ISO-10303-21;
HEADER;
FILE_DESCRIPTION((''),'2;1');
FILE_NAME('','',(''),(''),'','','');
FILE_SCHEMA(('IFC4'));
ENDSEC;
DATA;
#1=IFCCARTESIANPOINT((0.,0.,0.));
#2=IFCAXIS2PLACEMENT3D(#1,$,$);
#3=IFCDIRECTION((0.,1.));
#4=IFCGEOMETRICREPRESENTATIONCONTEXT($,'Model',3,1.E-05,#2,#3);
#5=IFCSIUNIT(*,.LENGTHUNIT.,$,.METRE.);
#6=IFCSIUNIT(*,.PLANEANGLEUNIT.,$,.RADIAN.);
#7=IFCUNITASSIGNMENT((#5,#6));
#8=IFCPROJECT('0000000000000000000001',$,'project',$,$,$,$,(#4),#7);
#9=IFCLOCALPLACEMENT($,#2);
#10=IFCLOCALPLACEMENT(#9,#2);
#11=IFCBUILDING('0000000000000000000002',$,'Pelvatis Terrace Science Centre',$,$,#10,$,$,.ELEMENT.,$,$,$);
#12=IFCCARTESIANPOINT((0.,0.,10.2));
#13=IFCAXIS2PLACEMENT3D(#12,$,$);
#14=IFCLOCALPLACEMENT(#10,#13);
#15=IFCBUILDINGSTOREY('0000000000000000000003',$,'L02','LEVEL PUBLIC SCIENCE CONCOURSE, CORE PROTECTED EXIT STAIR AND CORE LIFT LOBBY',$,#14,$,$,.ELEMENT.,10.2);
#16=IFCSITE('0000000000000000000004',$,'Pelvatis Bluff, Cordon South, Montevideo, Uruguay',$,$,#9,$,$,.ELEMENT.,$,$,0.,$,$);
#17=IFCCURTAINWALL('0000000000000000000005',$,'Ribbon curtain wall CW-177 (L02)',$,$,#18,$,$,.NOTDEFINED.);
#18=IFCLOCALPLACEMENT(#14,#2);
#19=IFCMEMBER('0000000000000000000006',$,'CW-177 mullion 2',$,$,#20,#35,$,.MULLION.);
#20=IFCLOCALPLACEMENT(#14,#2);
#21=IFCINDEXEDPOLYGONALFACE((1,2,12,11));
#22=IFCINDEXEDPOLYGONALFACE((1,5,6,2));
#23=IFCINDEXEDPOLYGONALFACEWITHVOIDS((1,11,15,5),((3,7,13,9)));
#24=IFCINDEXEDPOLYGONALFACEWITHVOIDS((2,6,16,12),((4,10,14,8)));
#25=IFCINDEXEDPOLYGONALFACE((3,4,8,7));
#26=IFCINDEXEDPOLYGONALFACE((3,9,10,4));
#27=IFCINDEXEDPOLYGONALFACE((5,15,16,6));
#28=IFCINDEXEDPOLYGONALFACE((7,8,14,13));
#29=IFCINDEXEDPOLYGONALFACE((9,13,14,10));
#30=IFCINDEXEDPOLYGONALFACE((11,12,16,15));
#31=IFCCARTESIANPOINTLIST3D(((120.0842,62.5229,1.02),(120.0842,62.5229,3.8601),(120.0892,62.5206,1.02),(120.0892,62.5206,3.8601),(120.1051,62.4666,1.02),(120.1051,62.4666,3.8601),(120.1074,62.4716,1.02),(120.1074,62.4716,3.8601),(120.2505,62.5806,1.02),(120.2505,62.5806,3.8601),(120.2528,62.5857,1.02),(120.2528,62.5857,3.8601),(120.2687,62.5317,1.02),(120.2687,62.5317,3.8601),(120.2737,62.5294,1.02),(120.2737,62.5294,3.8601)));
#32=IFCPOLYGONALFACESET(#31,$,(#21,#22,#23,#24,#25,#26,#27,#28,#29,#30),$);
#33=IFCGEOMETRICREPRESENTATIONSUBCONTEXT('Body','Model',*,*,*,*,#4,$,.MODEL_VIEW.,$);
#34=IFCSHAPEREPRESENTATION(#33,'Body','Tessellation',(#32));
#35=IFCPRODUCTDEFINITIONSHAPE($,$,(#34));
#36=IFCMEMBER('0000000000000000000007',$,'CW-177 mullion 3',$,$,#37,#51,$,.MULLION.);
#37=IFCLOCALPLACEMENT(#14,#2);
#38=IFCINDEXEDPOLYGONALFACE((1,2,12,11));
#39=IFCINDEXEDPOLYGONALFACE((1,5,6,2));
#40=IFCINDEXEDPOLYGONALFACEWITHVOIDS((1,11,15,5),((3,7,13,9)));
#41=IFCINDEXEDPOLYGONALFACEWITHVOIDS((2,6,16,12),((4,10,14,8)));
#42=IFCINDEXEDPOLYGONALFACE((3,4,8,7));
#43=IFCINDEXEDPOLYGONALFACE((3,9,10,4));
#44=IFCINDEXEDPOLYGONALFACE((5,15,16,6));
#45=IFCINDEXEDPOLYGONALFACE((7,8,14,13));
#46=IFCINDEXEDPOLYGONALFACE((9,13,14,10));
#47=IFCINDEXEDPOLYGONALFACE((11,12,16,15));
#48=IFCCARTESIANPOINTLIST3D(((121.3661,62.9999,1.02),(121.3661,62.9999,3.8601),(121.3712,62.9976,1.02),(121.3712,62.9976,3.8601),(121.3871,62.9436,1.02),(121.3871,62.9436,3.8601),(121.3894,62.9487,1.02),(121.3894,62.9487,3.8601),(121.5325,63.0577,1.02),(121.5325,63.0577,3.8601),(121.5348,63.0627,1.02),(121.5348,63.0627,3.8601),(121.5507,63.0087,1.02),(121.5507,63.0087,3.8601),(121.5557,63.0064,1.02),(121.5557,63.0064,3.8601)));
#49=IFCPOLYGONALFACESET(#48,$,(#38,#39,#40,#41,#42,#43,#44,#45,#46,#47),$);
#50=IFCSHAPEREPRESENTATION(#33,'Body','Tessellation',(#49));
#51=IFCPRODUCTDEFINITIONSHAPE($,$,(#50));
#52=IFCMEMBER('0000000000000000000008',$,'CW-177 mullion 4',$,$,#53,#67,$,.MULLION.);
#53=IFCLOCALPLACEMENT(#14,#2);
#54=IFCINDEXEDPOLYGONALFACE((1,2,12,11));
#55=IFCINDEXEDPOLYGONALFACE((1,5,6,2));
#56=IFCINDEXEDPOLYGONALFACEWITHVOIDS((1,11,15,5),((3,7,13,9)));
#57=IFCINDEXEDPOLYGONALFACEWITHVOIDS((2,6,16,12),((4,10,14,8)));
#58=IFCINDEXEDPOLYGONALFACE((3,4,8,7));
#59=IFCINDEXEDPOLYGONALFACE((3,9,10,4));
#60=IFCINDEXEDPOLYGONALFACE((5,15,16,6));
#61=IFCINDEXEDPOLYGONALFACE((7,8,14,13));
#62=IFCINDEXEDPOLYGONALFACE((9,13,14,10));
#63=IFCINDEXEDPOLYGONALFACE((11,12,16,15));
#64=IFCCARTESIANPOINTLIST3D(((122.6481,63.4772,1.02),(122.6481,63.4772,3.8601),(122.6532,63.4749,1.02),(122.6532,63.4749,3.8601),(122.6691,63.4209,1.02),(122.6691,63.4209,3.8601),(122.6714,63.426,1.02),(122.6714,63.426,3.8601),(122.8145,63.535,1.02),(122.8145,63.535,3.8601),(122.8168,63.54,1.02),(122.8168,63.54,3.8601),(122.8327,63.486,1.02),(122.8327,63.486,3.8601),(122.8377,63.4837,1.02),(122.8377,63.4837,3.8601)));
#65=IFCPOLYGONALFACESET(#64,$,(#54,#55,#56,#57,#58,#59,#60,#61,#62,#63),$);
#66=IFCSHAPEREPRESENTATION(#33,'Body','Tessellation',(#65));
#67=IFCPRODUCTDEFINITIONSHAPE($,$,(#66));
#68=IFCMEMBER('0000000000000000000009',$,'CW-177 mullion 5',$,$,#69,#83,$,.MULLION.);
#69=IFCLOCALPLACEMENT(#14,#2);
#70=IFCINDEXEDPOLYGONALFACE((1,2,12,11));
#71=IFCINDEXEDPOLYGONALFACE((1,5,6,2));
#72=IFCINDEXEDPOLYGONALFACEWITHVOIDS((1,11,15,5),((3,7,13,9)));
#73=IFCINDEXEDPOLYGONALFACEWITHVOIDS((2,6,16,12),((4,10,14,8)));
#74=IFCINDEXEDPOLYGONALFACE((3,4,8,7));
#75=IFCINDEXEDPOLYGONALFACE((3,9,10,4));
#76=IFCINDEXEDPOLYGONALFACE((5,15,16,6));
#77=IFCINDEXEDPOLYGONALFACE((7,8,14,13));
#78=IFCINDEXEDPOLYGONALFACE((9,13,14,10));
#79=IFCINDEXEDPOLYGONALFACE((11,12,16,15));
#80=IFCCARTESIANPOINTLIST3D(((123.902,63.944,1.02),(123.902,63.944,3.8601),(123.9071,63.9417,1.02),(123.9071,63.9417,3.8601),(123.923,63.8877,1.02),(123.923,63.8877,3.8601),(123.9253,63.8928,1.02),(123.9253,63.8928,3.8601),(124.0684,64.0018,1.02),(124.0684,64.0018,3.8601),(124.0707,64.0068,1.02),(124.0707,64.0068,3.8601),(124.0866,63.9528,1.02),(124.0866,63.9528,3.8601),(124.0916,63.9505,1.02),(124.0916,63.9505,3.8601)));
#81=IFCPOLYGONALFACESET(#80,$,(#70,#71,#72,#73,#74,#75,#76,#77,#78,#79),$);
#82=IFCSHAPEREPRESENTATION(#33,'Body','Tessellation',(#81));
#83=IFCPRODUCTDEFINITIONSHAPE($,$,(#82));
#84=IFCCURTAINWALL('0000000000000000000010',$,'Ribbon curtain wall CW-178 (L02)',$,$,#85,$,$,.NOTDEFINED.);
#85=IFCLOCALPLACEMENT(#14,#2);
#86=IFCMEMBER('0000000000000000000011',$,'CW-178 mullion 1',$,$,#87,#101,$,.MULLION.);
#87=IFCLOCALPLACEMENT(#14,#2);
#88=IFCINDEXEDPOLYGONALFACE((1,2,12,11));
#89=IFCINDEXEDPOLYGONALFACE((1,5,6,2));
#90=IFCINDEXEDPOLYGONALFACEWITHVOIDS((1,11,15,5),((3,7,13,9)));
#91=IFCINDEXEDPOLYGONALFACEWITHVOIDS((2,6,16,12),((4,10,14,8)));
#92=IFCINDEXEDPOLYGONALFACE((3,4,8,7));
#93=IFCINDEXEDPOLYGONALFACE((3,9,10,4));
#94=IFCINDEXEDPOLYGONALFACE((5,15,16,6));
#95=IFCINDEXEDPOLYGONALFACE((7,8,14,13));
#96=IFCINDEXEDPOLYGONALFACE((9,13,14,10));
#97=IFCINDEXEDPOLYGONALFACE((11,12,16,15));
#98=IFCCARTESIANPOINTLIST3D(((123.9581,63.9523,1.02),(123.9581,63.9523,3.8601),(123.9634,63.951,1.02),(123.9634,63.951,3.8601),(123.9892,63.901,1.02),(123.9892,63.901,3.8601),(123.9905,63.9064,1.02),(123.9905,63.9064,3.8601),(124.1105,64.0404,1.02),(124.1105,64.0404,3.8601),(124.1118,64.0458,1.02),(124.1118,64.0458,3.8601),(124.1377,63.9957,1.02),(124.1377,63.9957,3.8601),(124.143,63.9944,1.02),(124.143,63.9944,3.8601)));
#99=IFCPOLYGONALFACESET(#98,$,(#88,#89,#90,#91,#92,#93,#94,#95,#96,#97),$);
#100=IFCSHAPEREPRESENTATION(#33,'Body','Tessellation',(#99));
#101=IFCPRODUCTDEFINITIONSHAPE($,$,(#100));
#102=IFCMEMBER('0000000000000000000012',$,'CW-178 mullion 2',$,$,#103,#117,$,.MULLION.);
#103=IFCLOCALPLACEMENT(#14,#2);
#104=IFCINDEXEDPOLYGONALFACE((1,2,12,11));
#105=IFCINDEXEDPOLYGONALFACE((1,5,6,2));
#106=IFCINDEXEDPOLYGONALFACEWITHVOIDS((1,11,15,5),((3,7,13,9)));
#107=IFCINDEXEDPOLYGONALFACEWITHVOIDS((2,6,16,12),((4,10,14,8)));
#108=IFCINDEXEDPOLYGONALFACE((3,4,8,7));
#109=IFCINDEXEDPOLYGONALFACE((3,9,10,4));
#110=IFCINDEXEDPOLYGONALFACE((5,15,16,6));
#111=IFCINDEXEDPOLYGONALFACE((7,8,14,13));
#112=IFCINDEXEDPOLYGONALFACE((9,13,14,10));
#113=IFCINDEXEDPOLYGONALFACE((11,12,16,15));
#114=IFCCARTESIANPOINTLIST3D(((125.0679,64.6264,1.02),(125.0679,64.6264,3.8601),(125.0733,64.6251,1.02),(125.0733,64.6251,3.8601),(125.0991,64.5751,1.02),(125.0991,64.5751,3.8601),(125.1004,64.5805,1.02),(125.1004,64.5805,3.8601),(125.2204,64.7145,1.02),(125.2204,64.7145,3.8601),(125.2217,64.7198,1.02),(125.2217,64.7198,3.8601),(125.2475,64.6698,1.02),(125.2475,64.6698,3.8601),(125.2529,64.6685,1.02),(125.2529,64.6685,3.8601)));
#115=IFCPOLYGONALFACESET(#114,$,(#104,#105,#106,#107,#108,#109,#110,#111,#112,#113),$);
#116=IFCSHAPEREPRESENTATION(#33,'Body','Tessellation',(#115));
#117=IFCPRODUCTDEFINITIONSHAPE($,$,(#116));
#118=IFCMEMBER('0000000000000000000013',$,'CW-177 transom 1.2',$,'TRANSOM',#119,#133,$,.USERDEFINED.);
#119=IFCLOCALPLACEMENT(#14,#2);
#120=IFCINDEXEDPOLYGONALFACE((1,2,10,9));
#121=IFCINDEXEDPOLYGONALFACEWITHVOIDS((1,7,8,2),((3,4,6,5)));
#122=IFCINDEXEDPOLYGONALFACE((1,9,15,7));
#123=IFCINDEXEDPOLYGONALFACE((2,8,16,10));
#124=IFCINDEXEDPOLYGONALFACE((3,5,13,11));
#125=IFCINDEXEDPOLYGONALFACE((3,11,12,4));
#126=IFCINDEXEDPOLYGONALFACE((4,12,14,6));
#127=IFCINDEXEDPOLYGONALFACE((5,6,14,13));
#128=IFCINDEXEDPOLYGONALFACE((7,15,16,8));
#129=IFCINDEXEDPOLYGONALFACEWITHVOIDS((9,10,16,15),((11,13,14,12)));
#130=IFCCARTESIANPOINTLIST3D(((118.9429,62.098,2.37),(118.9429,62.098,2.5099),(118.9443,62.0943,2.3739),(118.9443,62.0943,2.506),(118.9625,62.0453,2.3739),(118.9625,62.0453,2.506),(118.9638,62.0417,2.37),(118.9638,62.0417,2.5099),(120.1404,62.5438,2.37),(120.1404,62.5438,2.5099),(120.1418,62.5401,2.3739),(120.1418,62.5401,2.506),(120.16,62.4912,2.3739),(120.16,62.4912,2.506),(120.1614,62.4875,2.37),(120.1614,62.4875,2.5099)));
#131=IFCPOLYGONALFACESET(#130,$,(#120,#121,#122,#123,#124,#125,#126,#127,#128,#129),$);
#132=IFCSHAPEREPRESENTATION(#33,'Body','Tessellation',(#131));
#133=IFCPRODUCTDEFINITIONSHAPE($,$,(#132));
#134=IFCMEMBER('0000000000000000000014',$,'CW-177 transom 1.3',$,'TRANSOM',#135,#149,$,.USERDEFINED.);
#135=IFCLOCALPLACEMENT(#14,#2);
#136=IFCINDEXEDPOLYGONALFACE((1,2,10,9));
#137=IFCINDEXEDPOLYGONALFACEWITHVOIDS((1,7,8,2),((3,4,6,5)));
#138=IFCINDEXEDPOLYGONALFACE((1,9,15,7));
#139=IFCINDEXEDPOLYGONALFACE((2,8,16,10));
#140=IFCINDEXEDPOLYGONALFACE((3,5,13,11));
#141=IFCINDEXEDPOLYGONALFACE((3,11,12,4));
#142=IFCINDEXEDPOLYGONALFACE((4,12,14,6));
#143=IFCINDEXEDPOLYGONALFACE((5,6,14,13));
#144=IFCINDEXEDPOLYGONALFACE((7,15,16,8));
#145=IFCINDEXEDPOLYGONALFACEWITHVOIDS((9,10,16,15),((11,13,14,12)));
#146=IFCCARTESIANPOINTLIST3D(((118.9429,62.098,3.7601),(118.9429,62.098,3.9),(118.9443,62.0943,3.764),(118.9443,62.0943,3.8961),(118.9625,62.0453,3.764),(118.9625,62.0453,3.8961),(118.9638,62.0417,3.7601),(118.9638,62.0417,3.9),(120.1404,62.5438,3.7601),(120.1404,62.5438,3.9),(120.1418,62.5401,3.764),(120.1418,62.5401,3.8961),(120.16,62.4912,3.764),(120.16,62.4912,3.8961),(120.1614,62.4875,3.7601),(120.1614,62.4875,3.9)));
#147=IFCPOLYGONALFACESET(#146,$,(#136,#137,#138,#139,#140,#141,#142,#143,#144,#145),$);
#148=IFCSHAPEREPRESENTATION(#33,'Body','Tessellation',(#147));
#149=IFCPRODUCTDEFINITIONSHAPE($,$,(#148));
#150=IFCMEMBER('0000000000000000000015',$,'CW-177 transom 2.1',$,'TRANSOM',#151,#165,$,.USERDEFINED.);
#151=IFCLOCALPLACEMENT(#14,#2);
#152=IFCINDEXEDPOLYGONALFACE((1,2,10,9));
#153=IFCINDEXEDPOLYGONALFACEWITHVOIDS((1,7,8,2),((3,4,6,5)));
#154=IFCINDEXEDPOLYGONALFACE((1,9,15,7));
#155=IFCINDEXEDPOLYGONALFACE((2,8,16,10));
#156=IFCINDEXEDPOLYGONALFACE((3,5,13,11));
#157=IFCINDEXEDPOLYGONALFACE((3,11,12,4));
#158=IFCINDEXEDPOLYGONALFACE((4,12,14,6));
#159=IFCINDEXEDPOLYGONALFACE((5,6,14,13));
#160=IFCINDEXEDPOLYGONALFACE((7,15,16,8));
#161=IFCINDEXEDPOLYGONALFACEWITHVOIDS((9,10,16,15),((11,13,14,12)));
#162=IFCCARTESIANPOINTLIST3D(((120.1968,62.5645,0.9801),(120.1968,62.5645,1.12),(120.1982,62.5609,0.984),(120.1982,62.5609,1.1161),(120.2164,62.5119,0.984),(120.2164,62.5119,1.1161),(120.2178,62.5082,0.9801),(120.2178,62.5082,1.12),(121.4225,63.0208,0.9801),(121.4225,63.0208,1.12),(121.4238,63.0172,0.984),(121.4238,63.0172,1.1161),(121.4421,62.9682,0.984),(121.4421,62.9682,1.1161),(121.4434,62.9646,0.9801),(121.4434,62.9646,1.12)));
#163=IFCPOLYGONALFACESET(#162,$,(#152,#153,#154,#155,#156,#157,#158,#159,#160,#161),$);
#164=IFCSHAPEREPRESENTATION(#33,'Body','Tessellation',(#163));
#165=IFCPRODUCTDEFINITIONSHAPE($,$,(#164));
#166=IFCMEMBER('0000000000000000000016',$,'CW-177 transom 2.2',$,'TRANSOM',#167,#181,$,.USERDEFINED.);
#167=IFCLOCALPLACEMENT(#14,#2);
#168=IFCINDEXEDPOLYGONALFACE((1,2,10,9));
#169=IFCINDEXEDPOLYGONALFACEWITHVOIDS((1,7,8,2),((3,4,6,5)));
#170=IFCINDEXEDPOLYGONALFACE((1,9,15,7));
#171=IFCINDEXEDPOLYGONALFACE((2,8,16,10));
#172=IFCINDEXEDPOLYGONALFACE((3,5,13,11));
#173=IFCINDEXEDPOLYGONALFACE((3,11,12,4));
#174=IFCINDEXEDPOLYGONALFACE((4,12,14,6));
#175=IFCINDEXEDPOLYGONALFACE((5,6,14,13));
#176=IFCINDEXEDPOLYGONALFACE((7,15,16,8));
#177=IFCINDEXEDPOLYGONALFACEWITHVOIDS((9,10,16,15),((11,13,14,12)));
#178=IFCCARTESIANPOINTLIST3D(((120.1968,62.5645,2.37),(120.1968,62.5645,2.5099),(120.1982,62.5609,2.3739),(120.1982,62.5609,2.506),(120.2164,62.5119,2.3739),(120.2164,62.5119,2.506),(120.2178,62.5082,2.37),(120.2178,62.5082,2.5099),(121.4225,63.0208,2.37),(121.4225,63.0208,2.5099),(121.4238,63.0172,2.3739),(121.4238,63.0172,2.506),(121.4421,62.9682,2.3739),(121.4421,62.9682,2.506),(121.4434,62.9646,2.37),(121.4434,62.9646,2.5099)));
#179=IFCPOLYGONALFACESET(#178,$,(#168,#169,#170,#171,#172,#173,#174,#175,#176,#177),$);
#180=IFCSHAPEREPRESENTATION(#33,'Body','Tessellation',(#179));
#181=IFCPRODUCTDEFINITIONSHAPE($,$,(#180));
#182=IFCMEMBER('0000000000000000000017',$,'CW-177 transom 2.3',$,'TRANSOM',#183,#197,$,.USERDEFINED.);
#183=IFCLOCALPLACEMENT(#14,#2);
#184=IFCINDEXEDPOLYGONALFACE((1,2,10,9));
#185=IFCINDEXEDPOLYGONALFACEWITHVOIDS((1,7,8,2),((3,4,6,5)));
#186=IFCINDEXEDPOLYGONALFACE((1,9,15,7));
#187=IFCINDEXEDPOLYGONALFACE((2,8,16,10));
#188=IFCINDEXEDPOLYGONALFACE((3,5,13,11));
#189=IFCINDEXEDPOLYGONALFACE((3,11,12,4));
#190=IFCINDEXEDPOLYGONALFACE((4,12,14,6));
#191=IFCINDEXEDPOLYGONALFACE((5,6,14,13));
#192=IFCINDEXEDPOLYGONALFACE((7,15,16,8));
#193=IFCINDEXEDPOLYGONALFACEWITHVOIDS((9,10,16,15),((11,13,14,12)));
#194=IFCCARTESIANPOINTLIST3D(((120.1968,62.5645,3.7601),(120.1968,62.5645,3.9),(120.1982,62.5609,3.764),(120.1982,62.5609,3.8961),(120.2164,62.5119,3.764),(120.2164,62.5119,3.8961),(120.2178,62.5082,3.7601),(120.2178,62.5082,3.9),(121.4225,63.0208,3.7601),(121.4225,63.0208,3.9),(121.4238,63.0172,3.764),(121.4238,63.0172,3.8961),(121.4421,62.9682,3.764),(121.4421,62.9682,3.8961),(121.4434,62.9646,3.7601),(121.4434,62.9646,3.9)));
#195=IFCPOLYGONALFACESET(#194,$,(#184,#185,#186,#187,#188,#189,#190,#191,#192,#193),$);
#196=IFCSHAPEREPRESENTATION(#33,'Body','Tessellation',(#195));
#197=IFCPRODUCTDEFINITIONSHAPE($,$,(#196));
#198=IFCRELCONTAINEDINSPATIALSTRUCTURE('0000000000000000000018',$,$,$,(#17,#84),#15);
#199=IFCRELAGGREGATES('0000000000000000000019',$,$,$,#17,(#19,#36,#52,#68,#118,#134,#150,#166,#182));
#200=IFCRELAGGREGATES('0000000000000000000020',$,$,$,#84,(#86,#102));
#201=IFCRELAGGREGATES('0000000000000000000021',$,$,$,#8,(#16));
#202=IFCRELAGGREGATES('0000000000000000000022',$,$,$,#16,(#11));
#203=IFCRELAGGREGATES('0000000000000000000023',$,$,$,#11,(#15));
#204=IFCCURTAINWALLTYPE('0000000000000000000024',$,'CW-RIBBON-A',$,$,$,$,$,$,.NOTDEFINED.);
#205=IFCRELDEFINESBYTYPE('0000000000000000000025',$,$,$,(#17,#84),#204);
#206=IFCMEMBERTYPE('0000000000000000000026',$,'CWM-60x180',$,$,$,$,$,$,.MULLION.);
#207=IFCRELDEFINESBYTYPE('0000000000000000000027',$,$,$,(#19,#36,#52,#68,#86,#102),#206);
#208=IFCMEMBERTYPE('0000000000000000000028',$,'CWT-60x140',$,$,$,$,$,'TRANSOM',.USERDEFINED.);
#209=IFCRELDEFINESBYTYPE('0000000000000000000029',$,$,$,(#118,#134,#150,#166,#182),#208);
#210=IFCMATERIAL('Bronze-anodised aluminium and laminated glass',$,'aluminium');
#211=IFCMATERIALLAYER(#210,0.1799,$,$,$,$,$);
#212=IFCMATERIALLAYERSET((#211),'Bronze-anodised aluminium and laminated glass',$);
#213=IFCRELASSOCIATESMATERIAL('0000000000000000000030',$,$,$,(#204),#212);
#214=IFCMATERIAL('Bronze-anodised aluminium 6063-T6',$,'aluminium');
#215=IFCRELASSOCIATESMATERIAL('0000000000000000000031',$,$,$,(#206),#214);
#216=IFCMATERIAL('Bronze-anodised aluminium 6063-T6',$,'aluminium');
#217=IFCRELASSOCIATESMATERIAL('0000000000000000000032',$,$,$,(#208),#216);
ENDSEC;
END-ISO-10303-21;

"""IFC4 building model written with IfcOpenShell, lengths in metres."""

from ifc_helpers import new_model, si_unit, direction, frame, origin, origin_2d, place, context, subcontext, project, spatial, hollow_rectangle, extrude, material, layer, layer_set, material_profile, profile_set, type_object, element, aggregate, save


model = new_model("IFC4")

# Units and contexts
model_context = context("Model", 3, precision=1e-05, world=origin(), true_north=direction((0.0, 1.0)))
body_context = subcontext(model_context, "Body", "Model", "MODEL_VIEW")
ifc_project = project(units=[si_unit("LENGTHUNIT", "METRE"), si_unit("PLANEANGLEUNIT", "RADIAN")], contexts=[model_context])

# Site, building, storey
site_placement = place(None, origin())
site = spatial("IfcSite", under=ifc_project, at=site_placement, Name="Pelvatis Bluff, Cordon South, Montevideo, Uruguay", CompositionType="ELEMENT", RefElevation=0.0)
building_placement = place(site_placement, origin())
building = spatial("IfcBuilding", under=site, at=building_placement, Name="Pelvatis Terrace Science Centre", CompositionType="ELEMENT")
storey_placement = place(building_placement, frame((0.0, 0.0, 10.2)))
storey = spatial("IfcBuildingStorey", under=building, at=storey_placement, Name="L02", Description="LEVEL PUBLIC SCIENCE CONCOURSE, CORE PROTECTED EXIT STAIR AND CORE LIFT LOBBY", CompositionType="ELEMENT", Elevation=10.2)

# Curtain walls, members
ifc_material_1 = material(Name="Bronze-anodised aluminium and laminated glass", Category="aluminium")
ifc_layer_1 = layer(ifc_material_1, 0.1799)
ifc_layer_set_1 = layer_set([ifc_layer_1], Name="Bronze-anodised aluminium and laminated glass")
curtain_wall_type = type_object("IfcCurtainWallType", Name="CW-RIBBON-A", PredefinedType="NOTDEFINED", material=ifc_layer_set_1)
curtain_wall_1_placement = place(storey_placement, origin())
curtain_wall_1 = element("IfcCurtainWall", 1, at=curtain_wall_1_placement, inside=storey, type_object=curtain_wall_type, Name="Ribbon curtain wall CW-177 (L02)", PredefinedType="NOTDEFINED")
ifc_material_2 = material(Name="Bronze-anodised aluminium 6063-T6", Category="aluminium")
ifc_material_profile_1 = material_profile(ifc_material_2, hollow_rectangle(XDim=0.0601, YDim=0.1799, WallThickness=0.0039, at=origin_2d()), Name="ALU-MUL 60x180")
ifc_profile_set_1 = profile_set([ifc_material_profile_1], Name="Bronze-anodised aluminium 6063-T6")
member_type_1 = type_object("IfcMemberType", Name="CWM-60x180", PredefinedType="MULLION", material=ifc_profile_set_1)
member_1_placement = place(storey_placement, frame((120.179, 62.5261, 1.02), z_axis=(0.0, 0.0, 1.0), x_axis=(-0.348869, 0.937171, 0.0)))
member_1 = element("IfcMember", 2, at=member_1_placement, type_object=member_type_1, Name="CW-177 mullion 2", PredefinedType="MULLION", context=body_context, shape_type="SweptSolid", body=[
    extrude(hollow_rectangle(XDim=0.0601, YDim=0.1799, WallThickness=0.0039, at=origin_2d()), origin(), (0.0, 0.0, 1.0), 2.8401),
])
member_2_placement = place(storey_placement, frame((121.4609, 63.0032, 1.02), z_axis=(0.0, 0.0, 1.0), x_axis=(-0.348869, 0.937171, 0.0)))
member_2 = element("IfcMember", 3, at=member_2_placement, type_object=member_type_1, Name="CW-177 mullion 3", PredefinedType="MULLION", context=body_context, shape_type="SweptSolid", body=[
    extrude(hollow_rectangle(XDim=0.0601, YDim=0.1799, WallThickness=0.0039, at=origin_2d()), origin(), (0.0, 0.0, 1.0), 2.8401),
])
member_3_placement = place(storey_placement, frame((122.7429, 63.4805, 1.02), z_axis=(0.0, 0.0, 1.0), x_axis=(-0.348869, 0.937171, 0.0)))
member_3 = element("IfcMember", 4, at=member_3_placement, type_object=member_type_1, Name="CW-177 mullion 4", PredefinedType="MULLION", context=body_context, shape_type="SweptSolid", body=[
    extrude(hollow_rectangle(XDim=0.0601, YDim=0.1799, WallThickness=0.0039, at=origin_2d()), origin(), (0.0, 0.0, 1.0), 2.8401),
])
member_4_placement = place(storey_placement, frame((123.9968, 63.9473, 1.02), z_axis=(0.0, 0.0, 1.0), x_axis=(-0.348869, 0.937171, 0.0)))
member_4 = element("IfcMember", 5, at=member_4_placement, type_object=member_type_1, Name="CW-177 mullion 5", PredefinedType="MULLION", context=body_context, shape_type="SweptSolid", body=[
    extrude(hollow_rectangle(XDim=0.0601, YDim=0.1799, WallThickness=0.0039, at=origin_2d()), origin(), (0.0, 0.0, 1.0), 2.8401),
])
curtain_wall_2_placement = place(storey_placement, origin())
curtain_wall_2 = element("IfcCurtainWall", 6, at=curtain_wall_2_placement, inside=storey, type_object=curtain_wall_type, Name="Ribbon curtain wall CW-178 (L02)", PredefinedType="NOTDEFINED")
member_5_placement = place(storey_placement, frame((124.0505, 63.9734, 1.02), z_axis=(0.0, 0.0, 1.0), x_axis=(-0.51919, 0.854659, 0.0)))
member_5 = element("IfcMember", 7, at=member_5_placement, type_object=member_type_1, Name="CW-178 mullion 1", PredefinedType="MULLION", context=body_context, shape_type="SweptSolid", body=[
    extrude(hollow_rectangle(XDim=0.0601, YDim=0.1799, WallThickness=0.0039, at=origin_2d()), origin(), (0.0, 0.0, 1.0), 2.8401),
])
member_6_placement = place(storey_placement, frame((125.1604, 64.6475, 1.02), z_axis=(0.0, 0.0, 1.0), x_axis=(-0.51919, 0.854659, 0.0)))
member_6 = element("IfcMember", 8, at=member_6_placement, type_object=member_type_1, Name="CW-178 mullion 2", PredefinedType="MULLION", context=body_context, shape_type="SweptSolid", body=[
    extrude(hollow_rectangle(XDim=0.0601, YDim=0.1799, WallThickness=0.0039, at=origin_2d()), origin(), (0.0, 0.0, 1.0), 2.8401),
])

# Members
ifc_material_3 = material(Name="Bronze-anodised aluminium 6063-T6", Category="aluminium")
ifc_material_profile_2 = material_profile(ifc_material_3, hollow_rectangle(XDim=0.0601, YDim=0.1399, WallThickness=0.0039, at=origin_2d()), Name="ALU-TRN 60x140")
ifc_profile_set_2 = profile_set([ifc_material_profile_2], Name="Bronze-anodised aluminium 6063-T6")
member_type_2 = type_object("IfcMemberType", Name="CWT-60x140", ElementType="TRANSOM", PredefinedType="USERDEFINED", material=ifc_profile_set_2)
member_7_placement = place(storey_placement, frame((118.9534, 62.0698, 2.4399), z_axis=(0.937167, 0.348882, 0.0), x_axis=(-0.348882, 0.937167, 0.0)))
member_7 = element("IfcMember", 9, at=member_7_placement, type_object=member_type_2, Name="CW-177 transom 1.2", ObjectType="TRANSOM", PredefinedType="USERDEFINED", context=body_context, shape_type="SweptSolid", body=[
    extrude(hollow_rectangle(XDim=0.0601, YDim=0.1399, WallThickness=0.0039, at=origin_2d()), origin(), (0.0, 0.0, 1.0), 1.2778),
])
member_8_placement = place(storey_placement, frame((118.9534, 62.0698, 3.8301), z_axis=(0.937167, 0.348882, 0.0), x_axis=(-0.348882, 0.937167, 0.0)))
member_8 = element("IfcMember", 10, at=member_8_placement, type_object=member_type_2, Name="CW-177 transom 1.3", ObjectType="TRANSOM", PredefinedType="USERDEFINED", context=body_context, shape_type="SweptSolid", body=[
    extrude(hollow_rectangle(XDim=0.0601, YDim=0.1399, WallThickness=0.0039, at=origin_2d()), origin(), (0.0, 0.0, 1.0), 1.2778),
])
member_9_placement = place(storey_placement, frame((120.2073, 62.5364, 1.05), z_axis=(0.937155, 0.348913, 0.0), x_axis=(-0.348913, 0.937155, 0.0)))
member_9 = element("IfcMember", 11, at=member_9_placement, type_object=member_type_2, Name="CW-177 transom 2.1", ObjectType="TRANSOM", PredefinedType="USERDEFINED", context=body_context, shape_type="SweptSolid", body=[
    extrude(hollow_rectangle(XDim=0.0601, YDim=0.1399, WallThickness=0.0039, at=origin_2d()), origin(), (0.0, 0.0, 1.0), 1.3079),
])
member_10_placement = place(storey_placement, frame((120.2073, 62.5364, 2.4399), z_axis=(0.937155, 0.348913, 0.0), x_axis=(-0.348913, 0.937155, 0.0)))
member_10 = element("IfcMember", 12, at=member_10_placement, type_object=member_type_2, Name="CW-177 transom 2.2", ObjectType="TRANSOM", PredefinedType="USERDEFINED", context=body_context, shape_type="SweptSolid", body=[
    extrude(hollow_rectangle(XDim=0.0601, YDim=0.1399, WallThickness=0.0039, at=origin_2d()), origin(), (0.0, 0.0, 1.0), 1.3079),
])
member_11_placement = place(storey_placement, frame((120.2073, 62.5364, 3.8301), z_axis=(0.937155, 0.348913, 0.0), x_axis=(-0.348913, 0.937155, 0.0)))
member_11 = element("IfcMember", 13, at=member_11_placement, type_object=member_type_2, Name="CW-177 transom 2.3", ObjectType="TRANSOM", PredefinedType="USERDEFINED", context=body_context, shape_type="SweptSolid", body=[
    extrude(hollow_rectangle(XDim=0.0601, YDim=0.1399, WallThickness=0.0039, at=origin_2d()), origin(), (0.0, 0.0, 1.0), 1.3079),
])

aggregate(curtain_wall_1, [member_1, member_2, member_3, member_4, member_7, member_8, member_9, member_10, member_11])
aggregate(curtain_wall_2, [member_5, member_6])

save(model, "model.ifc")
